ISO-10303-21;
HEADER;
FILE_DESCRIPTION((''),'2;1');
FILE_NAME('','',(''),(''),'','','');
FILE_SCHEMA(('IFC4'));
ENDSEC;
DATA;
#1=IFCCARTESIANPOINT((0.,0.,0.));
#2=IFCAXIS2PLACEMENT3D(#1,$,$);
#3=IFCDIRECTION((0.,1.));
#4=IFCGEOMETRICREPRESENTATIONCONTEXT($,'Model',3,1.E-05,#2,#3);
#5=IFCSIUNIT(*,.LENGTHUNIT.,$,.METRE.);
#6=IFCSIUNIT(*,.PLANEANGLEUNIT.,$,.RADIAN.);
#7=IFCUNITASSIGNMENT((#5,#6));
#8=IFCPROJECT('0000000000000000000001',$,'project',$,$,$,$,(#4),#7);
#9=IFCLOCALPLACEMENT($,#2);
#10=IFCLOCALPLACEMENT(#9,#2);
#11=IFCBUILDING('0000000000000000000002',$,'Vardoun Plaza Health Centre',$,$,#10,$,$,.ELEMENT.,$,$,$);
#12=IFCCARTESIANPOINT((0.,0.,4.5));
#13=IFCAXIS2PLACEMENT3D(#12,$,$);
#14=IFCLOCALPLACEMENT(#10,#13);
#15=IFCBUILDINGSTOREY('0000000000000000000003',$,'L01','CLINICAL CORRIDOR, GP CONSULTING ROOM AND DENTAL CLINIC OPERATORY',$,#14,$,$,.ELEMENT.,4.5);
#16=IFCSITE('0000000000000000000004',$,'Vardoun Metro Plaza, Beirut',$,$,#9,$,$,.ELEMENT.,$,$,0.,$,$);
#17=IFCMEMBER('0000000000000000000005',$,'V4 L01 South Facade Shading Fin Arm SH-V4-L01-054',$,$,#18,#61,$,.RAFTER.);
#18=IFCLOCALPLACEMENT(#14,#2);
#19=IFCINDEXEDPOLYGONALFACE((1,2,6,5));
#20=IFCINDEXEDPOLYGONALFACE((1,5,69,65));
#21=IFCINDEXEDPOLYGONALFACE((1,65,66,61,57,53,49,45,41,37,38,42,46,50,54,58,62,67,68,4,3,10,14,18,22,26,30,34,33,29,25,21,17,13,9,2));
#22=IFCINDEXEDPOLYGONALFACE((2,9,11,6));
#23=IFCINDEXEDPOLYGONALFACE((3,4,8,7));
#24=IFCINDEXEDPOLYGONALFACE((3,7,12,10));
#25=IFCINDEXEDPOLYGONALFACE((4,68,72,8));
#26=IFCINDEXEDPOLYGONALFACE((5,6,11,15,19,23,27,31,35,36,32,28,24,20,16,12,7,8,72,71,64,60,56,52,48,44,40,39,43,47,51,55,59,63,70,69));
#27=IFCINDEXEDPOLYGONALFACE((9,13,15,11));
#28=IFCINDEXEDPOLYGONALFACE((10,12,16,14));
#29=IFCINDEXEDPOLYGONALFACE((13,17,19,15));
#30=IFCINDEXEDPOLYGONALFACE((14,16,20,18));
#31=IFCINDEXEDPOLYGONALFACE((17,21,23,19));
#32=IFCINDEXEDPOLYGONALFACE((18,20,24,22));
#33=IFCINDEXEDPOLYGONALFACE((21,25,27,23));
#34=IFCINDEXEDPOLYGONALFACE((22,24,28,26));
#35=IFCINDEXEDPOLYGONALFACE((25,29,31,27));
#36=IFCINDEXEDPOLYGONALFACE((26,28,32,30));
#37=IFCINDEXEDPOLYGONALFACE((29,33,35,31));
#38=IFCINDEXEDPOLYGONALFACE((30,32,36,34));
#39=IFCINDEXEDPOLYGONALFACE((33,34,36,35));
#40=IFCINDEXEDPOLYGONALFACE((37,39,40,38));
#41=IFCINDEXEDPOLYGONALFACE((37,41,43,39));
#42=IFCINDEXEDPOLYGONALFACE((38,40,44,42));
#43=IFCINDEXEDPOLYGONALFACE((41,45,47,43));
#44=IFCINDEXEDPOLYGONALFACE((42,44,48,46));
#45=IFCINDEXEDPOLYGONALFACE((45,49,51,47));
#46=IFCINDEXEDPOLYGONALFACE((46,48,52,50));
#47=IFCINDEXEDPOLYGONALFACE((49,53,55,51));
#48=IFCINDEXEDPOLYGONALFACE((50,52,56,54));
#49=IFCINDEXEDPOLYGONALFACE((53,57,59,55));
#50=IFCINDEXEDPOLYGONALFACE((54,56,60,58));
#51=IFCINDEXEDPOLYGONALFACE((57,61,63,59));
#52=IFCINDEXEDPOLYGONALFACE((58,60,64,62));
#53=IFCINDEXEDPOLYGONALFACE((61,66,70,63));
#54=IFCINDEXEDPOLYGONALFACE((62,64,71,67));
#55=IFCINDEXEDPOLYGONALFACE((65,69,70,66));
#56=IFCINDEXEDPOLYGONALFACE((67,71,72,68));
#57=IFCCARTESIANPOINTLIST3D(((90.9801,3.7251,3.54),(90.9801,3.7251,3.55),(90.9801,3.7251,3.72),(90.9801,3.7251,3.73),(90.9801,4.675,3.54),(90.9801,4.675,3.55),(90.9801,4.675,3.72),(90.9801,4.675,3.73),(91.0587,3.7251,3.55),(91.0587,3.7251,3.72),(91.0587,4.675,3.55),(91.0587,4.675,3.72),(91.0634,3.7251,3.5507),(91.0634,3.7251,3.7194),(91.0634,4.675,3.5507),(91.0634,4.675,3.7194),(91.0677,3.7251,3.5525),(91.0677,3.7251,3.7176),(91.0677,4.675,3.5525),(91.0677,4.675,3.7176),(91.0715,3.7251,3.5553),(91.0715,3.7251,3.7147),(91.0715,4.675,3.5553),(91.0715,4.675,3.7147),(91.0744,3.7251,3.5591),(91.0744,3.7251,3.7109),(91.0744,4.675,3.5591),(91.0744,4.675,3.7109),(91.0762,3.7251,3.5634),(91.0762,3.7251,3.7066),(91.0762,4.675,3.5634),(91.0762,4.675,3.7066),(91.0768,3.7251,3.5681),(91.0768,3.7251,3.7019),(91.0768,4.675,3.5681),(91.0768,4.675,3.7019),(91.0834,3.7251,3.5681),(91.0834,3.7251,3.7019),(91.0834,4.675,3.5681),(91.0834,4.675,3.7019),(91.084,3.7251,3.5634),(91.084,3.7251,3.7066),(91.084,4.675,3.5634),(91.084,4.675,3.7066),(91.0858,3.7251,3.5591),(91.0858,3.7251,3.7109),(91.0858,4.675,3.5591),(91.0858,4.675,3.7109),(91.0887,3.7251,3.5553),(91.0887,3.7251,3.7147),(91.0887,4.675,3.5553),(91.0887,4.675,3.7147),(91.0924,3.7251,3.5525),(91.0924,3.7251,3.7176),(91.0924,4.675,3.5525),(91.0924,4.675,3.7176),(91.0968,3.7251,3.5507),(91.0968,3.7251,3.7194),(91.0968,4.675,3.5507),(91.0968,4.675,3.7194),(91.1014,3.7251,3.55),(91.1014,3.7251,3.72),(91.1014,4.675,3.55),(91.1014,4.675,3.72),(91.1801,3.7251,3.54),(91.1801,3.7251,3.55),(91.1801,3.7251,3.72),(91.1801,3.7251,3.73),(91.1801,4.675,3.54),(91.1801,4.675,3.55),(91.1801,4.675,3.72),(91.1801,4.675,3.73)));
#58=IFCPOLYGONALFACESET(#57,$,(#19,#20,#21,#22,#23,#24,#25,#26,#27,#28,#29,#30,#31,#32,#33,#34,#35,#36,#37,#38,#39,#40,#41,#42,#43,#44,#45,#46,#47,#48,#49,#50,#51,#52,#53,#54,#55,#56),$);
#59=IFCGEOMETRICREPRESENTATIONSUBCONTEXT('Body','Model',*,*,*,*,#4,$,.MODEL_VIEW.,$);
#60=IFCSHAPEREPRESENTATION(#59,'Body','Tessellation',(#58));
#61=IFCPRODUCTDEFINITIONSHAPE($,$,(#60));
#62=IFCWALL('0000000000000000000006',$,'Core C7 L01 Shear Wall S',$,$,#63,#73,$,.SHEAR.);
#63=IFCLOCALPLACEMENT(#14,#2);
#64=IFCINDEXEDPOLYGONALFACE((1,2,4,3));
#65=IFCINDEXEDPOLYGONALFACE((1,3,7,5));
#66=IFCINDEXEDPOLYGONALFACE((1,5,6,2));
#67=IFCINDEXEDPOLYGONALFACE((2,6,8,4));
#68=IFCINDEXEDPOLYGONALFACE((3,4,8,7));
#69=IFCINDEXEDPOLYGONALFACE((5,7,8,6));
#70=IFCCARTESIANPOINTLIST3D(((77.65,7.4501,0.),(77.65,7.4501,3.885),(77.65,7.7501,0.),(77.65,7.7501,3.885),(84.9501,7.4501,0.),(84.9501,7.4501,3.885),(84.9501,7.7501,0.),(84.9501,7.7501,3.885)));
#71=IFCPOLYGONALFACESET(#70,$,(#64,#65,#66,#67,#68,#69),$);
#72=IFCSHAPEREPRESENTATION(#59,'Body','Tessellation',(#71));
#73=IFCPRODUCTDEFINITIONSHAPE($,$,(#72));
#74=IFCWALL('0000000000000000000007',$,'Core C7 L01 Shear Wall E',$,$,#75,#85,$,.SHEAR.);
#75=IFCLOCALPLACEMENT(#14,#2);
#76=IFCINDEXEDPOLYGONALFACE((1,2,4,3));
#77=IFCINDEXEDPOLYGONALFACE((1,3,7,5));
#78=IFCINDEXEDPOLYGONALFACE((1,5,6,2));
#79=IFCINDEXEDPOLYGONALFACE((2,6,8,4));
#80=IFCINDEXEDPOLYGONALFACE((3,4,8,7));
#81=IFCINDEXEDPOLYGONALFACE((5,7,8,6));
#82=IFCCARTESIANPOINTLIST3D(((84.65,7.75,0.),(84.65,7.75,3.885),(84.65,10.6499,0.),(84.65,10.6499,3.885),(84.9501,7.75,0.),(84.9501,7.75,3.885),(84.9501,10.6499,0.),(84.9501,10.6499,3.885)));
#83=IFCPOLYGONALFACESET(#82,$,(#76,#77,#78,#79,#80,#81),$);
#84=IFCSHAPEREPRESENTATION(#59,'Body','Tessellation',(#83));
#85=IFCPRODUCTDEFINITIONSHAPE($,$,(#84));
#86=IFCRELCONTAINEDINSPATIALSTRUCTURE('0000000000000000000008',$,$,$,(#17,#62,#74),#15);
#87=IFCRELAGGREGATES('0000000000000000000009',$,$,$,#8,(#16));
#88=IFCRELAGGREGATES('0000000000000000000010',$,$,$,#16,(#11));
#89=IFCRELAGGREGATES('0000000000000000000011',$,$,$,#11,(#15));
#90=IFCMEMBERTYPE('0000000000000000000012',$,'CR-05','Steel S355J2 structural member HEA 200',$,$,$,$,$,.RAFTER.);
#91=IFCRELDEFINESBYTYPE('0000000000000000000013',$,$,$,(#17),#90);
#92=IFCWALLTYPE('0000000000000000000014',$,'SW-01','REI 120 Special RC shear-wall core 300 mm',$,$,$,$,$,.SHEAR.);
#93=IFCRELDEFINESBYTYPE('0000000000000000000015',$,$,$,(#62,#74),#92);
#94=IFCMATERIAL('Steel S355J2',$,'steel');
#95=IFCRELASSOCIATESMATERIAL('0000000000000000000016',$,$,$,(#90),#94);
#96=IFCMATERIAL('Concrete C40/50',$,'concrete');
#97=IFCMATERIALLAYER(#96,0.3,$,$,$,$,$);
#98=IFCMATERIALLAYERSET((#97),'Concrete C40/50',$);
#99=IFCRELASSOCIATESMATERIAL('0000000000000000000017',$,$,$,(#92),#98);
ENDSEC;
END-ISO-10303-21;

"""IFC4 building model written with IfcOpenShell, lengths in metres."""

from ifc_helpers import new_model, si_unit, direction, frame, frame_2d, origin, origin_2d, place, context, subcontext, project, spatial, rectangle, i_section, extrude, material, layer, layer_set, material_profile, profile_set, type_object, element, save


model = new_model("IFC4")

# Units and contexts
model_context = context("Model", 3, precision=1e-05, world=origin(), true_north=direction((0.0, 1.0)))
body_context = subcontext(model_context, "Body", "Model", "MODEL_VIEW")
ifc_project = project(units=[si_unit("LENGTHUNIT", "METRE"), si_unit("PLANEANGLEUNIT", "RADIAN")], contexts=[model_context])

# Site, building, storey
site_placement = place(None, origin())
site = spatial("IfcSite", under=ifc_project, at=site_placement, Name="Vardoun Metro Plaza, Beirut", CompositionType="ELEMENT", RefElevation=0.0)
building_placement = place(site_placement, origin())
building = spatial("IfcBuilding", under=site, at=building_placement, Name="Vardoun Plaza Health Centre", CompositionType="ELEMENT")
storey_placement = place(building_placement, frame((0.0, 0.0, 4.5)))
storey = spatial("IfcBuildingStorey", under=building, at=storey_placement, Name="L01", Description="CLINICAL CORRIDOR, GP CONSULTING ROOM AND DENTAL CLINIC OPERATORY", CompositionType="ELEMENT", Elevation=4.5)

# Member
ifc_material_1 = material(Name="Steel S355J2", Category="steel")
ifc_material_profile_1 = material_profile(ifc_material_1, i_section(OverallWidth=0.2, OverallDepth=0.1899, WebThickness=0.0066, FlangeThickness=0.01, FilletRadius=0.0181, at=origin_2d()), Name="HEA 200")
ifc_profile_set_1 = profile_set([ifc_material_profile_1], Name="Steel S355J2")
member_type_1 = type_object("IfcMemberType", Name="CR-05", Description="Steel S355J2 structural member HEA 200", PredefinedType="RAFTER", material=ifc_profile_set_1)
member_1_placement = place(storey_placement, frame((91.0801, 4.675, 3.635), z_axis=(0.0, -1.0, 0.0), x_axis=(1.0, 0.0, 0.0)))
element("IfcMember", 1, at=member_1_placement, inside=storey, type_object=member_type_1, Name="V4 L01 South Facade Shading Fin Arm SH-V4-L01-054", PredefinedType="RAFTER", context=body_context, shape_type="SweptSolid", body=[
    extrude(i_section(OverallWidth=0.2, OverallDepth=0.1899, WebThickness=0.0066, FlangeThickness=0.01, FilletRadius=0.0181, at=origin_2d()), origin(), (0.0, 0.0, 1.0), 0.95),
])

# Walls
ifc_material_2 = material(Name="Concrete C40/50", Category="concrete")
ifc_layer_1 = layer(ifc_material_2, 0.3)
ifc_layer_set_1 = layer_set([ifc_layer_1], Name="Concrete C40/50")
wall_type_1 = type_object("IfcWallType", Name="SW-01", Description="REI 120 Special RC shear-wall core 300 mm", PredefinedType="SHEAR", material=ifc_layer_set_1)
wall_1_placement = place(storey_placement, frame((84.95, 7.6001, 0.0), z_axis=(0.0, 0.0, 1.0), x_axis=(-1.0, 0.0, 0.0)))
element("IfcWall", 2, at=wall_1_placement, inside=storey, type_object=wall_type_1, Name="Core C7 L01 Shear Wall S", PredefinedType="SHEAR", context=body_context, shape_type="SweptSolid", body=[
    extrude(rectangle(XDim=7.3, YDim=0.3, at=frame_2d((3.6499, 0.0))), origin(), (0.0, 0.0, 1.0), 3.885),
])
wall_2_placement = place(storey_placement, frame((84.8, 10.6499, 0.0), z_axis=(0.0, 0.0, 1.0), x_axis=(0.0, -1.0, 0.0)))
element("IfcWall", 3, at=wall_2_placement, inside=storey, type_object=wall_type_1, Name="Core C7 L01 Shear Wall E", PredefinedType="SHEAR", context=body_context, shape_type="SweptSolid", body=[
    extrude(rectangle(XDim=2.8999, YDim=0.3, at=frame_2d((1.45, 0.0))), origin(), (0.0, 0.0, 1.0), 3.885),
])

save(model, "model.ifc")
